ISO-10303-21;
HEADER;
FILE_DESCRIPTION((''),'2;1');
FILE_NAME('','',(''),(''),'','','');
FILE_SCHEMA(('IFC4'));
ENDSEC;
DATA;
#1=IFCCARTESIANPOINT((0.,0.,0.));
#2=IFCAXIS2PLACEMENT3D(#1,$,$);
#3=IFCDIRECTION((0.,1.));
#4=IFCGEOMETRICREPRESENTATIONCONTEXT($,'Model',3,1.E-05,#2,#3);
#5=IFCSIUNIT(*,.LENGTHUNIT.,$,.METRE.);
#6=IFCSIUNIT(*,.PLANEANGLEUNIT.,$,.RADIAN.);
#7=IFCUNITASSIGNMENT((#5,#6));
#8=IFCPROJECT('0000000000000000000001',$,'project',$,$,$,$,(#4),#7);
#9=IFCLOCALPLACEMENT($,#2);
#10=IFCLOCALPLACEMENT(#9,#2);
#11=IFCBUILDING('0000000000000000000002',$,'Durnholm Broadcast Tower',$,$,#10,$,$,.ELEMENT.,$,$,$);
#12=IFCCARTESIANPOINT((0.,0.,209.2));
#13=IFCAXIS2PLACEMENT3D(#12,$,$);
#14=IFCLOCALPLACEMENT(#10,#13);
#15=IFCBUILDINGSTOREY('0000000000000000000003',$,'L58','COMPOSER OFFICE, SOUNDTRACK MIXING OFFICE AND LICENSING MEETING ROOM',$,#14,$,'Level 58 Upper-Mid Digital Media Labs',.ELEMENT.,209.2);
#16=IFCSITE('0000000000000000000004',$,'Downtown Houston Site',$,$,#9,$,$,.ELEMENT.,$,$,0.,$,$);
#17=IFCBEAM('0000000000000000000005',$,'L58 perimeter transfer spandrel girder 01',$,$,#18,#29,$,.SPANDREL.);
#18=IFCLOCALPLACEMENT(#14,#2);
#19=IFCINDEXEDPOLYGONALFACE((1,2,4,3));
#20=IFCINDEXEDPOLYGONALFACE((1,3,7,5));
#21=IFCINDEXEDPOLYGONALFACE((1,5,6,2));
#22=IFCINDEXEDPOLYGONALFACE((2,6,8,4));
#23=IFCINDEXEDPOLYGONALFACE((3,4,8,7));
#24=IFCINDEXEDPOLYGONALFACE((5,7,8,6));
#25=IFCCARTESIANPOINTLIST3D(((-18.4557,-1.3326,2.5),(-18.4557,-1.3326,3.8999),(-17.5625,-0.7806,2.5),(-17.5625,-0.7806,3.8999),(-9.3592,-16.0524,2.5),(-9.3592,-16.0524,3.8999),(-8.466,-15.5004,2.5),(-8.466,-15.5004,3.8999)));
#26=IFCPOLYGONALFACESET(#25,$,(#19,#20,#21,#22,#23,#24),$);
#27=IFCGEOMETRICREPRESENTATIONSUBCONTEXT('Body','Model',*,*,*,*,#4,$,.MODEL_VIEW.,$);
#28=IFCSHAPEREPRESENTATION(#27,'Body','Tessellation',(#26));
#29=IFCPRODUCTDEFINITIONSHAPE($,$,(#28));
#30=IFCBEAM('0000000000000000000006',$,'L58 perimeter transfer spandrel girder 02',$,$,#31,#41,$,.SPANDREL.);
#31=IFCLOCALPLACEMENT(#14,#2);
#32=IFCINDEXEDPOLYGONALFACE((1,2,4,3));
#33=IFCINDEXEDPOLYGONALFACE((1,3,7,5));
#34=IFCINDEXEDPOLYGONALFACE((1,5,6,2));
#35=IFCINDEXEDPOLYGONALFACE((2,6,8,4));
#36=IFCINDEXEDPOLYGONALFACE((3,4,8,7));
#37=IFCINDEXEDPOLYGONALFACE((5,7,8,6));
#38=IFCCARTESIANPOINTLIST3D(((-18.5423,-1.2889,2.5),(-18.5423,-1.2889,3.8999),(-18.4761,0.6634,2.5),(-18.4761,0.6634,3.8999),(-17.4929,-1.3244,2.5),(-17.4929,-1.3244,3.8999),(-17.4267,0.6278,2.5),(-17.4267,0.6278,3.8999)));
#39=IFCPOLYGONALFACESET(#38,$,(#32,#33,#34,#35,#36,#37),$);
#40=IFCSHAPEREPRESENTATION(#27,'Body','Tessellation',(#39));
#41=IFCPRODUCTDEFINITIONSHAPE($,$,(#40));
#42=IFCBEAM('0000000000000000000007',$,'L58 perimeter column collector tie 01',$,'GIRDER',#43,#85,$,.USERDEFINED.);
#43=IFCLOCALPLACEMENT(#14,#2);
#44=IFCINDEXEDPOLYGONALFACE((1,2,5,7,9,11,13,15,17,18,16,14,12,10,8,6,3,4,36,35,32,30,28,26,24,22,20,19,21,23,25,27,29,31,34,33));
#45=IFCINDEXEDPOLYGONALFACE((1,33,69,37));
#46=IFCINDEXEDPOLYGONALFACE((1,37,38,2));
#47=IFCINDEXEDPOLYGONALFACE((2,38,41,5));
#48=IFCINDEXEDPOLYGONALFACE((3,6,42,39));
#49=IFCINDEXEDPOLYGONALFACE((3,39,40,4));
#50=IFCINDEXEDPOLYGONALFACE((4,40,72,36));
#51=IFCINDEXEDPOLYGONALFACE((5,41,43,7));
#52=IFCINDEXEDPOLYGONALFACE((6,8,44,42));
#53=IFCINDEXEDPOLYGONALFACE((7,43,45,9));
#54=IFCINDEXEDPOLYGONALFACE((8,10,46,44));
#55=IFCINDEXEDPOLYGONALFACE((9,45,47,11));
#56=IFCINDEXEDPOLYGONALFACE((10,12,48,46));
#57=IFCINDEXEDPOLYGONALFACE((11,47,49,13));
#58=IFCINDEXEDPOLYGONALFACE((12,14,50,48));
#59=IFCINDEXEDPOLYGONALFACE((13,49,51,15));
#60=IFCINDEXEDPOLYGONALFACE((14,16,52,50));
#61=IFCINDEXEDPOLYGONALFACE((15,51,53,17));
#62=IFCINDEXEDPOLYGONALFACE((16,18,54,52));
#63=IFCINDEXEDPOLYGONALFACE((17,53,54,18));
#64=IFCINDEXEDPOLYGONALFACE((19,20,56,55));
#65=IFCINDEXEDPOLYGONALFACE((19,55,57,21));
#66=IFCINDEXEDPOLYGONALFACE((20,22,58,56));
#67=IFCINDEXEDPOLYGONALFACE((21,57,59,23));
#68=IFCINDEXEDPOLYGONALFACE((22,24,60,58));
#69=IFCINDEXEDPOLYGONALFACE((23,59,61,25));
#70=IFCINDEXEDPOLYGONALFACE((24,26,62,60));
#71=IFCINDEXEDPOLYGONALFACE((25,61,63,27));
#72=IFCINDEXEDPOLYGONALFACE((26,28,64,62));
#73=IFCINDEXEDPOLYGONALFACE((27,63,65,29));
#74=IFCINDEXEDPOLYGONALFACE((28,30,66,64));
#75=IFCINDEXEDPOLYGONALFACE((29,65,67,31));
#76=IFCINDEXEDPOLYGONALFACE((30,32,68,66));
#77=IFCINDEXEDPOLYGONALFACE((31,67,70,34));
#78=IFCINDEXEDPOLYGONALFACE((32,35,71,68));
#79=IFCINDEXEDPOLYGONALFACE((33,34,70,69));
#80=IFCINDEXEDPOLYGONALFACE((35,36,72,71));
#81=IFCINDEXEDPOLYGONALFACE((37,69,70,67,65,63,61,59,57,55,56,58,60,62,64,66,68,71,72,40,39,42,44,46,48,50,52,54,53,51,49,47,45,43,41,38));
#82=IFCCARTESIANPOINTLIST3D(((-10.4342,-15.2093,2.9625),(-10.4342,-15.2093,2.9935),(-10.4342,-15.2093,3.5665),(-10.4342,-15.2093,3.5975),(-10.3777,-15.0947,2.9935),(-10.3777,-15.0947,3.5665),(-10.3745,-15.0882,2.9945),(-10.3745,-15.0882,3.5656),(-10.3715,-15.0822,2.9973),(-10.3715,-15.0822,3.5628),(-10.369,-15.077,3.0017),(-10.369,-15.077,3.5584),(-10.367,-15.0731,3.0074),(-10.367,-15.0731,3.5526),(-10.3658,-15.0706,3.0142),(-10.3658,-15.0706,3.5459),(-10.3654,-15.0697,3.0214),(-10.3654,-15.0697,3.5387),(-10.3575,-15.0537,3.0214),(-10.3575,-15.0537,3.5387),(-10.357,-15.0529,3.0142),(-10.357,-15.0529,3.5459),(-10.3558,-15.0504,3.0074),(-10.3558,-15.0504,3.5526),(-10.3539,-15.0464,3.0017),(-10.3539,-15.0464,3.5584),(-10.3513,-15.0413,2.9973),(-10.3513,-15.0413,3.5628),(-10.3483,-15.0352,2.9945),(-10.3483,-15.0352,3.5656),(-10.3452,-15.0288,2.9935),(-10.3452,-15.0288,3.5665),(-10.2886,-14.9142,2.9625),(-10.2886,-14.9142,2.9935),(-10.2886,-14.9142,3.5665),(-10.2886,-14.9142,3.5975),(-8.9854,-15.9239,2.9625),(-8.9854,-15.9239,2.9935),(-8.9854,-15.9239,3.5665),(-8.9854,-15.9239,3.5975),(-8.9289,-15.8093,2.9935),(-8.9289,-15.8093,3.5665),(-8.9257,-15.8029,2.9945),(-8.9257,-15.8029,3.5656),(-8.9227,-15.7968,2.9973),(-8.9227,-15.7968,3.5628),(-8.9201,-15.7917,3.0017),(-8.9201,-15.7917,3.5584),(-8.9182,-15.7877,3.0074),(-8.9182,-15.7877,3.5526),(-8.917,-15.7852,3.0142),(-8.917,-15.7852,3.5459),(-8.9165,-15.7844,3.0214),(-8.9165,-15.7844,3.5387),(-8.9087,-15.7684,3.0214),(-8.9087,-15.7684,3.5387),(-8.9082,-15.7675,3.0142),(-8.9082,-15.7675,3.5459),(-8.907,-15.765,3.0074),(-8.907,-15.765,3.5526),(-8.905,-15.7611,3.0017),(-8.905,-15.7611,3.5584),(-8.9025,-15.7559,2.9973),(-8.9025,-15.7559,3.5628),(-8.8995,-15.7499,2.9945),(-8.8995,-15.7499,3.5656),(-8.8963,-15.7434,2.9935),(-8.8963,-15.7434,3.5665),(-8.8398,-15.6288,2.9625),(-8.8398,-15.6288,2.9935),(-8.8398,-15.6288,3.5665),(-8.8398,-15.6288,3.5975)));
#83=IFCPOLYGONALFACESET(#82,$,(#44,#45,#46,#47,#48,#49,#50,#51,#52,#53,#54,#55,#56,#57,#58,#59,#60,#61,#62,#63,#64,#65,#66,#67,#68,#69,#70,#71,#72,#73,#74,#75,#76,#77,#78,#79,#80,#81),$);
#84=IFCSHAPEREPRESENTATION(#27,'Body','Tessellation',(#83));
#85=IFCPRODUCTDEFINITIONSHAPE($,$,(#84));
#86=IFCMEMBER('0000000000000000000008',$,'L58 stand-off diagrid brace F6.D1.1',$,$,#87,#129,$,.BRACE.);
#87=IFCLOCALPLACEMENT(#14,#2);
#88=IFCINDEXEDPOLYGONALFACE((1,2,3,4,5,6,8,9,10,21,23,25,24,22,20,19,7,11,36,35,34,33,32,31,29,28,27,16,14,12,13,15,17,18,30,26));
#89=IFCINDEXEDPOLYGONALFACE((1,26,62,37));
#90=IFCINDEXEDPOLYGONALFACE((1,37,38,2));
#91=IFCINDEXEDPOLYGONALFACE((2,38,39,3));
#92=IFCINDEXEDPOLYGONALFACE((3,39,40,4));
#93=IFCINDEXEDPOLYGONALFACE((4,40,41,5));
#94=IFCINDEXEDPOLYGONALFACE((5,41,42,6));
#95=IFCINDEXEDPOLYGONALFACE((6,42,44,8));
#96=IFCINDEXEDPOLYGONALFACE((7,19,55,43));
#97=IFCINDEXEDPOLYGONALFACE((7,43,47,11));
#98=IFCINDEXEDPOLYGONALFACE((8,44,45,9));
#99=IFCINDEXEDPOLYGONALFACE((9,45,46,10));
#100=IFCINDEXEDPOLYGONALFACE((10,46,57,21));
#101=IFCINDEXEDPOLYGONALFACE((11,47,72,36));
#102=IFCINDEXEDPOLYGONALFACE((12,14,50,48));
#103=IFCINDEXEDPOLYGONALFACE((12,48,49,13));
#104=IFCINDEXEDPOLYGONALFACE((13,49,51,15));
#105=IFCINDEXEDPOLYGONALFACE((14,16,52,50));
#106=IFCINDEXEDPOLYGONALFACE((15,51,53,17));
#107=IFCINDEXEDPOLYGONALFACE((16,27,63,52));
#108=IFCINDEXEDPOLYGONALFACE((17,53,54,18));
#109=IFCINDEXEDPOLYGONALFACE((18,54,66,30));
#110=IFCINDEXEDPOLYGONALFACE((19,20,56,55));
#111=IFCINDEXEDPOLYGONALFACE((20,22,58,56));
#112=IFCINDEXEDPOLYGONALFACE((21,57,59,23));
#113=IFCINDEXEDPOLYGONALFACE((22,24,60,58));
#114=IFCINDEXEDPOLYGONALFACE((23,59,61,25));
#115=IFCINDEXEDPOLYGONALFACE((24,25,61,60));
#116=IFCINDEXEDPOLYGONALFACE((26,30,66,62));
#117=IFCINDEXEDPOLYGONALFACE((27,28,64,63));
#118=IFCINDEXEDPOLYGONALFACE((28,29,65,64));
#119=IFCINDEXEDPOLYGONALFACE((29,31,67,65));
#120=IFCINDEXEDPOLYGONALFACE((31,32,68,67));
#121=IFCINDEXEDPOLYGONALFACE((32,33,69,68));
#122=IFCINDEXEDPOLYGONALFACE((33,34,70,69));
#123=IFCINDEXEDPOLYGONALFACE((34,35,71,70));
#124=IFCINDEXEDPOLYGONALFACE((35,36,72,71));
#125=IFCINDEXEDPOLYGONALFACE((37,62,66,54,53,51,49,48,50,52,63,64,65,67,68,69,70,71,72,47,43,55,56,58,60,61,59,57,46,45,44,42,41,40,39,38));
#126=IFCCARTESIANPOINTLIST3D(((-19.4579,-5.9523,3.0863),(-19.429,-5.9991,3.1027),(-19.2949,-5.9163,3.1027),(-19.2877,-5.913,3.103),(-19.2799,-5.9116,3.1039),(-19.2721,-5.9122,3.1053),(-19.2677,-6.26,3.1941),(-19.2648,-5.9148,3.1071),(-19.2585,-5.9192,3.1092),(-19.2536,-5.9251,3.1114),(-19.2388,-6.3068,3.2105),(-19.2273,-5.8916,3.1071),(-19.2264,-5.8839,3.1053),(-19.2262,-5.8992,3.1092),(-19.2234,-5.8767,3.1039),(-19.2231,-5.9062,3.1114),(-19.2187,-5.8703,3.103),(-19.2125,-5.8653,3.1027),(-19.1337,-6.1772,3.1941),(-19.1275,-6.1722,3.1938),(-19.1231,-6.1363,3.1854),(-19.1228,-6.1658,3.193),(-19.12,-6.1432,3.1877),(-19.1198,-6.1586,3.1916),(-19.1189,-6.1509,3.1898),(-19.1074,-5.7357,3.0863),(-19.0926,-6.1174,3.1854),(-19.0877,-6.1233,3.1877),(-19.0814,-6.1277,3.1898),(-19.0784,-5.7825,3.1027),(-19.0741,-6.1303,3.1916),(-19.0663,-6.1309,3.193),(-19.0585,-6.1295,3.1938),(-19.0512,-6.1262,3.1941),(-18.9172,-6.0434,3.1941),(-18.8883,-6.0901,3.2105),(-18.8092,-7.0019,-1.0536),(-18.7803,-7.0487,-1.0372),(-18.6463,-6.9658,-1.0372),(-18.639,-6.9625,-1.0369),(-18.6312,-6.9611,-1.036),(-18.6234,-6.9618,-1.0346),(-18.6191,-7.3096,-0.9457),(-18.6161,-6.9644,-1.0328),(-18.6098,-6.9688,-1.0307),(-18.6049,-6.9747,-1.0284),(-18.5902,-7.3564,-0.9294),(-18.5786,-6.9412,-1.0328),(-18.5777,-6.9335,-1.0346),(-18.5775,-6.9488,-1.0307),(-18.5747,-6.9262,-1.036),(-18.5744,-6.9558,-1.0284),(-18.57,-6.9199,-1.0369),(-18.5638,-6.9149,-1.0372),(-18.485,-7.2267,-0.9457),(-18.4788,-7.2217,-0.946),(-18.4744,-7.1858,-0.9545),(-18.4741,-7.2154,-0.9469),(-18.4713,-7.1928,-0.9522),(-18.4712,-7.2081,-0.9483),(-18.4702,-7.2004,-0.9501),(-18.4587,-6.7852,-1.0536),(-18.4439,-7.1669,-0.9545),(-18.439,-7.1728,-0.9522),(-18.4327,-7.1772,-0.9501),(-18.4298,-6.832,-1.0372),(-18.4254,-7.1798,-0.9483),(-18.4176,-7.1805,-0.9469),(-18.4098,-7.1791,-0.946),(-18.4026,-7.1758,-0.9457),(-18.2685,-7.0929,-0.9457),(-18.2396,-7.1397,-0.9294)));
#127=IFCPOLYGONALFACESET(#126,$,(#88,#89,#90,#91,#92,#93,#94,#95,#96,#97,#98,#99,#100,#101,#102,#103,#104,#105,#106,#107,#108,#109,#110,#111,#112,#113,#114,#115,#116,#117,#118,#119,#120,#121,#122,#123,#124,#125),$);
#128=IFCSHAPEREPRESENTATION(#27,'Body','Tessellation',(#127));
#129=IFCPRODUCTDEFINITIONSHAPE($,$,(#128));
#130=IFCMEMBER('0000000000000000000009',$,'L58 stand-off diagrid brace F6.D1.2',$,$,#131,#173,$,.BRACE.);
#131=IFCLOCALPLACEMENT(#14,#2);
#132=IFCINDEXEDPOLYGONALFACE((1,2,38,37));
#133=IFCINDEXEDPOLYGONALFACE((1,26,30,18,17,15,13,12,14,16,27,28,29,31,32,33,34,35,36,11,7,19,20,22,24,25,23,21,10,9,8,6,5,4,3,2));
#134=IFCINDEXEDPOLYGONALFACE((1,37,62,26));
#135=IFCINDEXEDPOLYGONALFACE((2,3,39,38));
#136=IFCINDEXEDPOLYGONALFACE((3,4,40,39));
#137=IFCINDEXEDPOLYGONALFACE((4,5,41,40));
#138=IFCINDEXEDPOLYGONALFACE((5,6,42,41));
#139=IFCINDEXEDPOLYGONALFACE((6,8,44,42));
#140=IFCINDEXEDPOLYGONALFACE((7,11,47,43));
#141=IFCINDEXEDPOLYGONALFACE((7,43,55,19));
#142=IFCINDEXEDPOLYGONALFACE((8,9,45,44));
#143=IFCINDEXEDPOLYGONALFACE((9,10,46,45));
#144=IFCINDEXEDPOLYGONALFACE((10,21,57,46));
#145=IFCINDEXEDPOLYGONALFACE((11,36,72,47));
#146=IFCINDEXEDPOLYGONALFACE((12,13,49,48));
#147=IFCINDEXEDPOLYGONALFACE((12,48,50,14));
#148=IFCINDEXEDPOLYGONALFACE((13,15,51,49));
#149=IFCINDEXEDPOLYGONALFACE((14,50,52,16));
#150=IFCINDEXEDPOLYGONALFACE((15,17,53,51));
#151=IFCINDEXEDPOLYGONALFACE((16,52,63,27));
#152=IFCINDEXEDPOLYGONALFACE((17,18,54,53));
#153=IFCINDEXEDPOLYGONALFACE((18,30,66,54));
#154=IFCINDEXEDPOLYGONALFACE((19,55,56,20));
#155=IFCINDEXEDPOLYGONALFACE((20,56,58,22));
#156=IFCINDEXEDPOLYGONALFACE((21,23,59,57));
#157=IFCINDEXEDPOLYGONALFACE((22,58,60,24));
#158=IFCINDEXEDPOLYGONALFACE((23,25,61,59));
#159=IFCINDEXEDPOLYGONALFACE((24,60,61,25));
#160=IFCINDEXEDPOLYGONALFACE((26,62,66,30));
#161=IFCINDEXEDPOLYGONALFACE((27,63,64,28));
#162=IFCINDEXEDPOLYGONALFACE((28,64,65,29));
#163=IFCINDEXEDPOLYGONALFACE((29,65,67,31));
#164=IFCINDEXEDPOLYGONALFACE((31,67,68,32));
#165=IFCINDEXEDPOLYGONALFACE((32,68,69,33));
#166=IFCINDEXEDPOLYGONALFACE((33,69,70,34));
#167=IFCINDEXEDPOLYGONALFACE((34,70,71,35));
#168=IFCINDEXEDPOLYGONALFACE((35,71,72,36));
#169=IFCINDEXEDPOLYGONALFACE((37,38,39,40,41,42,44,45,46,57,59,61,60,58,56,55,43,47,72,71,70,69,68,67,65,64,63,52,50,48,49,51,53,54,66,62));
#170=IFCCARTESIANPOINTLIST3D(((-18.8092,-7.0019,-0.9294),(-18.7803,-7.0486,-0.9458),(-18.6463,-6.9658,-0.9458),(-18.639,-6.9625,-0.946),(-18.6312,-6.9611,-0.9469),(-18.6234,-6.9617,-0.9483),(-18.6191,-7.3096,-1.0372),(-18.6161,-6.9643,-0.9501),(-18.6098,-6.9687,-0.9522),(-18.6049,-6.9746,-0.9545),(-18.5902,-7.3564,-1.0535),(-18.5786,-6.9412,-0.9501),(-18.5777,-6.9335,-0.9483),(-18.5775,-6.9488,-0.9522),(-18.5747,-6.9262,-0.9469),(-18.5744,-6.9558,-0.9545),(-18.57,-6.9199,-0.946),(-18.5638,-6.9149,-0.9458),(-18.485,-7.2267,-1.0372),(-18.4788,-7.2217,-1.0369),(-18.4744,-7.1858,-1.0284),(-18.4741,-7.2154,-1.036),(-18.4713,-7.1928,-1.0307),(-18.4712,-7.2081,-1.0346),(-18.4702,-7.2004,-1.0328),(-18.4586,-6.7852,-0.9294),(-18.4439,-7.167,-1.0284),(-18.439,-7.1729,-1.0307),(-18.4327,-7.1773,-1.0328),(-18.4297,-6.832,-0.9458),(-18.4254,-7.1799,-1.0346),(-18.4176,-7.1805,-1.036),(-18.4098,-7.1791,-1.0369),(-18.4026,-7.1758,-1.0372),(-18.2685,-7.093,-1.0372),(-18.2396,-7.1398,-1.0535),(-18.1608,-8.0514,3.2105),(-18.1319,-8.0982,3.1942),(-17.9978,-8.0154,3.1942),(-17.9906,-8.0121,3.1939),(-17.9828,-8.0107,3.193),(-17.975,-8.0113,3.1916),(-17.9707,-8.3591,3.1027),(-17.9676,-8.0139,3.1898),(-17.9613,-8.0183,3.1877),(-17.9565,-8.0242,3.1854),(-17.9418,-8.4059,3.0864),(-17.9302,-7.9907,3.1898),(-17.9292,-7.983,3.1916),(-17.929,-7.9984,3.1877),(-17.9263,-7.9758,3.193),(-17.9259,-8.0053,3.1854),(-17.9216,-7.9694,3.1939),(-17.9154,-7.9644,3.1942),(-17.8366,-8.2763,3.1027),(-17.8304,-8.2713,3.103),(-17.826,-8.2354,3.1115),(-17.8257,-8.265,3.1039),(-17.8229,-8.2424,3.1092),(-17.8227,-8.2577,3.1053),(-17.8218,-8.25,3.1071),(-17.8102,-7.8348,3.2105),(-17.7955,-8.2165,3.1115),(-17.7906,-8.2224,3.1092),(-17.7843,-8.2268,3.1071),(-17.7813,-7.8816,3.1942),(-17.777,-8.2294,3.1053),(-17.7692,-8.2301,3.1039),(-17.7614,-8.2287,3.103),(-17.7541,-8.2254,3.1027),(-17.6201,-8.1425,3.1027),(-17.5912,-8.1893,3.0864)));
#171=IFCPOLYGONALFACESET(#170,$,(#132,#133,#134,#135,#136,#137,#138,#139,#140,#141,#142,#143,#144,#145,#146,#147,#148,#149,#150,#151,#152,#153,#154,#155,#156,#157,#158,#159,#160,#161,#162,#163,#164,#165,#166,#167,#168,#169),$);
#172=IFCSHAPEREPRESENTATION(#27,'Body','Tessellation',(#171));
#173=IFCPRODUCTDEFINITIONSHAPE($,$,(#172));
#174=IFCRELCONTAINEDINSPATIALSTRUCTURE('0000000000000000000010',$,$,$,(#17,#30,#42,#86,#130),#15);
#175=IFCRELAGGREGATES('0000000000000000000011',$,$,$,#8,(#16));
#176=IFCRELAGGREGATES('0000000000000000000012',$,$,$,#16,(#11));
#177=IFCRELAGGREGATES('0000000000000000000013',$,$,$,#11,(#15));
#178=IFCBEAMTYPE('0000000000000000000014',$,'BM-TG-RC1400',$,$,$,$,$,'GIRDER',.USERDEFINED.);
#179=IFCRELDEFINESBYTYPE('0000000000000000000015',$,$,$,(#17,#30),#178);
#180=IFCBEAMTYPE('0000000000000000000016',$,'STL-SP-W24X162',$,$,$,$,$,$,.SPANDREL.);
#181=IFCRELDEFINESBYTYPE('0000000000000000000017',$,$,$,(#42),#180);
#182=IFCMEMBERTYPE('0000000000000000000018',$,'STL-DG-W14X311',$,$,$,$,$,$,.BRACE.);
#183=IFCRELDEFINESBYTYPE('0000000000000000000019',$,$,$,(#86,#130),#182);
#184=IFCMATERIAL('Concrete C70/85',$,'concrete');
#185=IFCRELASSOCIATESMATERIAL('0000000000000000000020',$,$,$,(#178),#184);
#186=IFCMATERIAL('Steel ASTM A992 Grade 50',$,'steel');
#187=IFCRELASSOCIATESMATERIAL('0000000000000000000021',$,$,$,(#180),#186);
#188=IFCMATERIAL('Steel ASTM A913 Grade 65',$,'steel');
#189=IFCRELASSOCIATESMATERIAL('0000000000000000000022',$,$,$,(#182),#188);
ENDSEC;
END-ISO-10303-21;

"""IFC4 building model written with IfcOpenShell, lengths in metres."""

from ifc_helpers import new_model, si_unit, direction, frame, origin, origin_2d, place, context, subcontext, project, spatial, rectangle, i_section, extrude, source, transform, mapped, material, material_profile, profile_set, type_object, type_shapes, element, save


model = new_model("IFC4")

# Units and contexts
model_context = context("Model", 3, precision=1e-05, world=origin(), true_north=direction((0.0, 1.0)))
body_context = subcontext(model_context, "Body", "Model", "MODEL_VIEW")
ifc_project = project(units=[si_unit("LENGTHUNIT", "METRE"), si_unit("PLANEANGLEUNIT", "RADIAN")], contexts=[model_context])

# Site, building, storey
site_placement = place(None, origin())
site = spatial("IfcSite", under=ifc_project, at=site_placement, Name="Downtown Houston Site", CompositionType="ELEMENT", RefElevation=0.0)
building_placement = place(site_placement, origin())
building = spatial("IfcBuilding", under=site, at=building_placement, Name="Durnholm Broadcast Tower", CompositionType="ELEMENT")
storey_placement = place(building_placement, frame((0.0, 0.0, 209.2)))
storey = spatial("IfcBuildingStorey", under=building, at=storey_placement, Name="L58", Description="COMPOSER OFFICE, SOUNDTRACK MIXING OFFICE AND LICENSING MEETING ROOM", LongName="Level 58 Upper-Mid Digital Media Labs", CompositionType="ELEMENT", Elevation=209.2)

# Shared definitions
ifc_material_1 = material(Name="Concrete C70/85", Category="concrete")

# Beams
ifc_material_2 = material(Name="Steel ASTM A992 Grade 50", Category="steel")
ifc_material_profile_1 = material_profile(ifc_material_1, rectangle(XDim=1.05, YDim=1.3999, at=origin_2d()), Name="RC1050X1400")
ifc_profile_set_1 = profile_set([ifc_material_profile_1], Name="Concrete C70/85")
beam_type_1 = type_object("IfcBeamType", Name="BM-TG-RC1400", ElementType="GIRDER", PredefinedType="USERDEFINED", material=ifc_profile_set_1)
shared_shape_1 = source(origin(), body_context, "Body", "SweptSolid", [
    extrude(rectangle(XDim=1.05, YDim=1.3999, at=origin_2d()), origin(), (0.0, 0.0, 1.0), 17.3037),
])
beam_1_placement = place(storey_placement, frame((-8.9126, -15.7764, 3.2), z_axis=(-0.525695, 0.850673, 0.0), x_axis=(-0.850673, -0.525695, 0.0)))
element("IfcBeam", 1, at=beam_1_placement, inside=storey, type_object=beam_type_1, Name="L58 perimeter transfer spandrel girder 01", PredefinedType="SPANDREL", context=body_context, shape_type="MappedRepresentation", body=[
    mapped(shared_shape_1, transform((0.0, 0.0, 0.0), x_axis=(1.0, 0.0, 0.0), y_axis=(0.0, 1.0, 0.0), z_axis=(0.0, 0.0, 1.0), scale=1.0)),
])
shared_shape_2 = source(origin(), body_context, "Body", "SweptSolid", [
    extrude(rectangle(XDim=1.05, YDim=1.3999, at=origin_2d()), origin(), (0.0, 0.0, 1.0), 1.9534),
])
type_shapes(beam_type_1, [shared_shape_1, shared_shape_2])
beam_2_placement = place(storey_placement, frame((-18.0176, -1.3066, 3.2), z_axis=(0.033872, 0.999426, 0.0), x_axis=(-0.999426, 0.033872, 0.0)))
element("IfcBeam", 2, at=beam_2_placement, inside=storey, type_object=beam_type_1, Name="L58 perimeter transfer spandrel girder 02", PredefinedType="SPANDREL", context=body_context, shape_type="MappedRepresentation", body=[
    mapped(shared_shape_2, transform((0.0, 0.0, 0.0), x_axis=(1.0, 0.0, 0.0), y_axis=(0.0, 1.0, 0.0), z_axis=(0.0, 0.0, 1.0), scale=1.0)),
])
ifc_material_profile_2 = material_profile(ifc_material_2, i_section(OverallWidth=0.3291, OverallDepth=0.635, WebThickness=0.0178, FlangeThickness=0.031, FilletRadius=0.0278, at=origin_2d()), Name="W24X162")
ifc_profile_set_2 = profile_set([ifc_material_profile_2], Name="Steel ASTM A992 Grade 50")
beam_type_2 = type_object("IfcBeamType", Name="STL-SP-W24X162", PredefinedType="SPANDREL", material=ifc_profile_set_2)
shared_shape_3 = source(origin(), body_context, "Body", "SweptSolid", [
    extrude(i_section(OverallWidth=0.3291, OverallDepth=0.635, WebThickness=0.0178, FlangeThickness=0.031, FilletRadius=0.0278, at=origin_2d()), origin(), (0.0, 0.0, 1.0), 1.6155),
])
type_shapes(beam_type_2, [shared_shape_3])
beam_3_placement = place(storey_placement, frame((-8.9126, -15.7764, 3.28), z_axis=(-0.896832, 0.442371, 0.0), x_axis=(-0.442371, -0.896832, 0.0)))
element("IfcBeam", 3, at=beam_3_placement, inside=storey, type_object=beam_type_2, Name="L58 perimeter column collector tie 01", ObjectType="GIRDER", PredefinedType="USERDEFINED", context=body_context, shape_type="MappedRepresentation", body=[
    mapped(shared_shape_3, transform((0.0, 0.0, 0.0), x_axis=(1.0, 0.0, 0.0), y_axis=(0.0, 1.0, 0.0), z_axis=(0.0, 0.0, 1.0), scale=1.0)),
])

# Members
ifc_material_3 = material(Name="Steel ASTM A913 Grade 65", Category="steel")
ifc_material_profile_3 = material_profile(ifc_material_3, i_section(OverallWidth=0.4121, OverallDepth=0.4348, WebThickness=0.0359, FlangeThickness=0.0574, FilletRadius=0.0305, at=origin_2d()), Name="W14X311")
ifc_profile_set_3 = profile_set([ifc_material_profile_3], Name="Steel ASTM A913 Grade 65")
member_type_1 = type_object("IfcMemberType", Name="STL-DG-W14X311", PredefinedType="BRACE", material=ifc_profile_set_3)
shared_shape_4 = source(origin(), body_context, "Body", "SweptSolid", [
    extrude(i_section(OverallWidth=0.4121, OverallDepth=0.4348, WebThickness=0.0359, FlangeThickness=0.0574, FilletRadius=0.0305, at=origin_2d()), origin(), (0.0, 0.0, 1.0), 4.3198),
])
type_shapes(member_type_1, [shared_shape_4])
for number, where, z_axis, x_axis, name in (
    (4, (-18.5244, -7.0708, -0.9915), (-0.150163, 0.242962, 0.958342), (-0.850644, -0.525741, 0.0), "L58 stand-off diagrid brace F6.D1.1"),
    (5, (-18.5244, -7.0708, -0.9915), (0.150108, -0.242965, 0.958351), (0.850733, 0.525598, 0.0), "L58 stand-off diagrid brace F6.D1.2"),
):
    element("IfcMember", number, at=place(storey_placement, frame(where, z_axis=z_axis, x_axis=x_axis)), inside=storey, type_object=member_type_1, Name=name, PredefinedType="BRACE", context=body_context, shape_type="MappedRepresentation", body=[
        mapped(shared_shape_4, transform((0.0, 0.0, 0.0), x_axis=(1.0, 0.0, 0.0), y_axis=(0.0, 1.0, 0.0), z_axis=(0.0, 0.0, 1.0), scale=1.0)),
    ])

save(model, "model.ifc")
